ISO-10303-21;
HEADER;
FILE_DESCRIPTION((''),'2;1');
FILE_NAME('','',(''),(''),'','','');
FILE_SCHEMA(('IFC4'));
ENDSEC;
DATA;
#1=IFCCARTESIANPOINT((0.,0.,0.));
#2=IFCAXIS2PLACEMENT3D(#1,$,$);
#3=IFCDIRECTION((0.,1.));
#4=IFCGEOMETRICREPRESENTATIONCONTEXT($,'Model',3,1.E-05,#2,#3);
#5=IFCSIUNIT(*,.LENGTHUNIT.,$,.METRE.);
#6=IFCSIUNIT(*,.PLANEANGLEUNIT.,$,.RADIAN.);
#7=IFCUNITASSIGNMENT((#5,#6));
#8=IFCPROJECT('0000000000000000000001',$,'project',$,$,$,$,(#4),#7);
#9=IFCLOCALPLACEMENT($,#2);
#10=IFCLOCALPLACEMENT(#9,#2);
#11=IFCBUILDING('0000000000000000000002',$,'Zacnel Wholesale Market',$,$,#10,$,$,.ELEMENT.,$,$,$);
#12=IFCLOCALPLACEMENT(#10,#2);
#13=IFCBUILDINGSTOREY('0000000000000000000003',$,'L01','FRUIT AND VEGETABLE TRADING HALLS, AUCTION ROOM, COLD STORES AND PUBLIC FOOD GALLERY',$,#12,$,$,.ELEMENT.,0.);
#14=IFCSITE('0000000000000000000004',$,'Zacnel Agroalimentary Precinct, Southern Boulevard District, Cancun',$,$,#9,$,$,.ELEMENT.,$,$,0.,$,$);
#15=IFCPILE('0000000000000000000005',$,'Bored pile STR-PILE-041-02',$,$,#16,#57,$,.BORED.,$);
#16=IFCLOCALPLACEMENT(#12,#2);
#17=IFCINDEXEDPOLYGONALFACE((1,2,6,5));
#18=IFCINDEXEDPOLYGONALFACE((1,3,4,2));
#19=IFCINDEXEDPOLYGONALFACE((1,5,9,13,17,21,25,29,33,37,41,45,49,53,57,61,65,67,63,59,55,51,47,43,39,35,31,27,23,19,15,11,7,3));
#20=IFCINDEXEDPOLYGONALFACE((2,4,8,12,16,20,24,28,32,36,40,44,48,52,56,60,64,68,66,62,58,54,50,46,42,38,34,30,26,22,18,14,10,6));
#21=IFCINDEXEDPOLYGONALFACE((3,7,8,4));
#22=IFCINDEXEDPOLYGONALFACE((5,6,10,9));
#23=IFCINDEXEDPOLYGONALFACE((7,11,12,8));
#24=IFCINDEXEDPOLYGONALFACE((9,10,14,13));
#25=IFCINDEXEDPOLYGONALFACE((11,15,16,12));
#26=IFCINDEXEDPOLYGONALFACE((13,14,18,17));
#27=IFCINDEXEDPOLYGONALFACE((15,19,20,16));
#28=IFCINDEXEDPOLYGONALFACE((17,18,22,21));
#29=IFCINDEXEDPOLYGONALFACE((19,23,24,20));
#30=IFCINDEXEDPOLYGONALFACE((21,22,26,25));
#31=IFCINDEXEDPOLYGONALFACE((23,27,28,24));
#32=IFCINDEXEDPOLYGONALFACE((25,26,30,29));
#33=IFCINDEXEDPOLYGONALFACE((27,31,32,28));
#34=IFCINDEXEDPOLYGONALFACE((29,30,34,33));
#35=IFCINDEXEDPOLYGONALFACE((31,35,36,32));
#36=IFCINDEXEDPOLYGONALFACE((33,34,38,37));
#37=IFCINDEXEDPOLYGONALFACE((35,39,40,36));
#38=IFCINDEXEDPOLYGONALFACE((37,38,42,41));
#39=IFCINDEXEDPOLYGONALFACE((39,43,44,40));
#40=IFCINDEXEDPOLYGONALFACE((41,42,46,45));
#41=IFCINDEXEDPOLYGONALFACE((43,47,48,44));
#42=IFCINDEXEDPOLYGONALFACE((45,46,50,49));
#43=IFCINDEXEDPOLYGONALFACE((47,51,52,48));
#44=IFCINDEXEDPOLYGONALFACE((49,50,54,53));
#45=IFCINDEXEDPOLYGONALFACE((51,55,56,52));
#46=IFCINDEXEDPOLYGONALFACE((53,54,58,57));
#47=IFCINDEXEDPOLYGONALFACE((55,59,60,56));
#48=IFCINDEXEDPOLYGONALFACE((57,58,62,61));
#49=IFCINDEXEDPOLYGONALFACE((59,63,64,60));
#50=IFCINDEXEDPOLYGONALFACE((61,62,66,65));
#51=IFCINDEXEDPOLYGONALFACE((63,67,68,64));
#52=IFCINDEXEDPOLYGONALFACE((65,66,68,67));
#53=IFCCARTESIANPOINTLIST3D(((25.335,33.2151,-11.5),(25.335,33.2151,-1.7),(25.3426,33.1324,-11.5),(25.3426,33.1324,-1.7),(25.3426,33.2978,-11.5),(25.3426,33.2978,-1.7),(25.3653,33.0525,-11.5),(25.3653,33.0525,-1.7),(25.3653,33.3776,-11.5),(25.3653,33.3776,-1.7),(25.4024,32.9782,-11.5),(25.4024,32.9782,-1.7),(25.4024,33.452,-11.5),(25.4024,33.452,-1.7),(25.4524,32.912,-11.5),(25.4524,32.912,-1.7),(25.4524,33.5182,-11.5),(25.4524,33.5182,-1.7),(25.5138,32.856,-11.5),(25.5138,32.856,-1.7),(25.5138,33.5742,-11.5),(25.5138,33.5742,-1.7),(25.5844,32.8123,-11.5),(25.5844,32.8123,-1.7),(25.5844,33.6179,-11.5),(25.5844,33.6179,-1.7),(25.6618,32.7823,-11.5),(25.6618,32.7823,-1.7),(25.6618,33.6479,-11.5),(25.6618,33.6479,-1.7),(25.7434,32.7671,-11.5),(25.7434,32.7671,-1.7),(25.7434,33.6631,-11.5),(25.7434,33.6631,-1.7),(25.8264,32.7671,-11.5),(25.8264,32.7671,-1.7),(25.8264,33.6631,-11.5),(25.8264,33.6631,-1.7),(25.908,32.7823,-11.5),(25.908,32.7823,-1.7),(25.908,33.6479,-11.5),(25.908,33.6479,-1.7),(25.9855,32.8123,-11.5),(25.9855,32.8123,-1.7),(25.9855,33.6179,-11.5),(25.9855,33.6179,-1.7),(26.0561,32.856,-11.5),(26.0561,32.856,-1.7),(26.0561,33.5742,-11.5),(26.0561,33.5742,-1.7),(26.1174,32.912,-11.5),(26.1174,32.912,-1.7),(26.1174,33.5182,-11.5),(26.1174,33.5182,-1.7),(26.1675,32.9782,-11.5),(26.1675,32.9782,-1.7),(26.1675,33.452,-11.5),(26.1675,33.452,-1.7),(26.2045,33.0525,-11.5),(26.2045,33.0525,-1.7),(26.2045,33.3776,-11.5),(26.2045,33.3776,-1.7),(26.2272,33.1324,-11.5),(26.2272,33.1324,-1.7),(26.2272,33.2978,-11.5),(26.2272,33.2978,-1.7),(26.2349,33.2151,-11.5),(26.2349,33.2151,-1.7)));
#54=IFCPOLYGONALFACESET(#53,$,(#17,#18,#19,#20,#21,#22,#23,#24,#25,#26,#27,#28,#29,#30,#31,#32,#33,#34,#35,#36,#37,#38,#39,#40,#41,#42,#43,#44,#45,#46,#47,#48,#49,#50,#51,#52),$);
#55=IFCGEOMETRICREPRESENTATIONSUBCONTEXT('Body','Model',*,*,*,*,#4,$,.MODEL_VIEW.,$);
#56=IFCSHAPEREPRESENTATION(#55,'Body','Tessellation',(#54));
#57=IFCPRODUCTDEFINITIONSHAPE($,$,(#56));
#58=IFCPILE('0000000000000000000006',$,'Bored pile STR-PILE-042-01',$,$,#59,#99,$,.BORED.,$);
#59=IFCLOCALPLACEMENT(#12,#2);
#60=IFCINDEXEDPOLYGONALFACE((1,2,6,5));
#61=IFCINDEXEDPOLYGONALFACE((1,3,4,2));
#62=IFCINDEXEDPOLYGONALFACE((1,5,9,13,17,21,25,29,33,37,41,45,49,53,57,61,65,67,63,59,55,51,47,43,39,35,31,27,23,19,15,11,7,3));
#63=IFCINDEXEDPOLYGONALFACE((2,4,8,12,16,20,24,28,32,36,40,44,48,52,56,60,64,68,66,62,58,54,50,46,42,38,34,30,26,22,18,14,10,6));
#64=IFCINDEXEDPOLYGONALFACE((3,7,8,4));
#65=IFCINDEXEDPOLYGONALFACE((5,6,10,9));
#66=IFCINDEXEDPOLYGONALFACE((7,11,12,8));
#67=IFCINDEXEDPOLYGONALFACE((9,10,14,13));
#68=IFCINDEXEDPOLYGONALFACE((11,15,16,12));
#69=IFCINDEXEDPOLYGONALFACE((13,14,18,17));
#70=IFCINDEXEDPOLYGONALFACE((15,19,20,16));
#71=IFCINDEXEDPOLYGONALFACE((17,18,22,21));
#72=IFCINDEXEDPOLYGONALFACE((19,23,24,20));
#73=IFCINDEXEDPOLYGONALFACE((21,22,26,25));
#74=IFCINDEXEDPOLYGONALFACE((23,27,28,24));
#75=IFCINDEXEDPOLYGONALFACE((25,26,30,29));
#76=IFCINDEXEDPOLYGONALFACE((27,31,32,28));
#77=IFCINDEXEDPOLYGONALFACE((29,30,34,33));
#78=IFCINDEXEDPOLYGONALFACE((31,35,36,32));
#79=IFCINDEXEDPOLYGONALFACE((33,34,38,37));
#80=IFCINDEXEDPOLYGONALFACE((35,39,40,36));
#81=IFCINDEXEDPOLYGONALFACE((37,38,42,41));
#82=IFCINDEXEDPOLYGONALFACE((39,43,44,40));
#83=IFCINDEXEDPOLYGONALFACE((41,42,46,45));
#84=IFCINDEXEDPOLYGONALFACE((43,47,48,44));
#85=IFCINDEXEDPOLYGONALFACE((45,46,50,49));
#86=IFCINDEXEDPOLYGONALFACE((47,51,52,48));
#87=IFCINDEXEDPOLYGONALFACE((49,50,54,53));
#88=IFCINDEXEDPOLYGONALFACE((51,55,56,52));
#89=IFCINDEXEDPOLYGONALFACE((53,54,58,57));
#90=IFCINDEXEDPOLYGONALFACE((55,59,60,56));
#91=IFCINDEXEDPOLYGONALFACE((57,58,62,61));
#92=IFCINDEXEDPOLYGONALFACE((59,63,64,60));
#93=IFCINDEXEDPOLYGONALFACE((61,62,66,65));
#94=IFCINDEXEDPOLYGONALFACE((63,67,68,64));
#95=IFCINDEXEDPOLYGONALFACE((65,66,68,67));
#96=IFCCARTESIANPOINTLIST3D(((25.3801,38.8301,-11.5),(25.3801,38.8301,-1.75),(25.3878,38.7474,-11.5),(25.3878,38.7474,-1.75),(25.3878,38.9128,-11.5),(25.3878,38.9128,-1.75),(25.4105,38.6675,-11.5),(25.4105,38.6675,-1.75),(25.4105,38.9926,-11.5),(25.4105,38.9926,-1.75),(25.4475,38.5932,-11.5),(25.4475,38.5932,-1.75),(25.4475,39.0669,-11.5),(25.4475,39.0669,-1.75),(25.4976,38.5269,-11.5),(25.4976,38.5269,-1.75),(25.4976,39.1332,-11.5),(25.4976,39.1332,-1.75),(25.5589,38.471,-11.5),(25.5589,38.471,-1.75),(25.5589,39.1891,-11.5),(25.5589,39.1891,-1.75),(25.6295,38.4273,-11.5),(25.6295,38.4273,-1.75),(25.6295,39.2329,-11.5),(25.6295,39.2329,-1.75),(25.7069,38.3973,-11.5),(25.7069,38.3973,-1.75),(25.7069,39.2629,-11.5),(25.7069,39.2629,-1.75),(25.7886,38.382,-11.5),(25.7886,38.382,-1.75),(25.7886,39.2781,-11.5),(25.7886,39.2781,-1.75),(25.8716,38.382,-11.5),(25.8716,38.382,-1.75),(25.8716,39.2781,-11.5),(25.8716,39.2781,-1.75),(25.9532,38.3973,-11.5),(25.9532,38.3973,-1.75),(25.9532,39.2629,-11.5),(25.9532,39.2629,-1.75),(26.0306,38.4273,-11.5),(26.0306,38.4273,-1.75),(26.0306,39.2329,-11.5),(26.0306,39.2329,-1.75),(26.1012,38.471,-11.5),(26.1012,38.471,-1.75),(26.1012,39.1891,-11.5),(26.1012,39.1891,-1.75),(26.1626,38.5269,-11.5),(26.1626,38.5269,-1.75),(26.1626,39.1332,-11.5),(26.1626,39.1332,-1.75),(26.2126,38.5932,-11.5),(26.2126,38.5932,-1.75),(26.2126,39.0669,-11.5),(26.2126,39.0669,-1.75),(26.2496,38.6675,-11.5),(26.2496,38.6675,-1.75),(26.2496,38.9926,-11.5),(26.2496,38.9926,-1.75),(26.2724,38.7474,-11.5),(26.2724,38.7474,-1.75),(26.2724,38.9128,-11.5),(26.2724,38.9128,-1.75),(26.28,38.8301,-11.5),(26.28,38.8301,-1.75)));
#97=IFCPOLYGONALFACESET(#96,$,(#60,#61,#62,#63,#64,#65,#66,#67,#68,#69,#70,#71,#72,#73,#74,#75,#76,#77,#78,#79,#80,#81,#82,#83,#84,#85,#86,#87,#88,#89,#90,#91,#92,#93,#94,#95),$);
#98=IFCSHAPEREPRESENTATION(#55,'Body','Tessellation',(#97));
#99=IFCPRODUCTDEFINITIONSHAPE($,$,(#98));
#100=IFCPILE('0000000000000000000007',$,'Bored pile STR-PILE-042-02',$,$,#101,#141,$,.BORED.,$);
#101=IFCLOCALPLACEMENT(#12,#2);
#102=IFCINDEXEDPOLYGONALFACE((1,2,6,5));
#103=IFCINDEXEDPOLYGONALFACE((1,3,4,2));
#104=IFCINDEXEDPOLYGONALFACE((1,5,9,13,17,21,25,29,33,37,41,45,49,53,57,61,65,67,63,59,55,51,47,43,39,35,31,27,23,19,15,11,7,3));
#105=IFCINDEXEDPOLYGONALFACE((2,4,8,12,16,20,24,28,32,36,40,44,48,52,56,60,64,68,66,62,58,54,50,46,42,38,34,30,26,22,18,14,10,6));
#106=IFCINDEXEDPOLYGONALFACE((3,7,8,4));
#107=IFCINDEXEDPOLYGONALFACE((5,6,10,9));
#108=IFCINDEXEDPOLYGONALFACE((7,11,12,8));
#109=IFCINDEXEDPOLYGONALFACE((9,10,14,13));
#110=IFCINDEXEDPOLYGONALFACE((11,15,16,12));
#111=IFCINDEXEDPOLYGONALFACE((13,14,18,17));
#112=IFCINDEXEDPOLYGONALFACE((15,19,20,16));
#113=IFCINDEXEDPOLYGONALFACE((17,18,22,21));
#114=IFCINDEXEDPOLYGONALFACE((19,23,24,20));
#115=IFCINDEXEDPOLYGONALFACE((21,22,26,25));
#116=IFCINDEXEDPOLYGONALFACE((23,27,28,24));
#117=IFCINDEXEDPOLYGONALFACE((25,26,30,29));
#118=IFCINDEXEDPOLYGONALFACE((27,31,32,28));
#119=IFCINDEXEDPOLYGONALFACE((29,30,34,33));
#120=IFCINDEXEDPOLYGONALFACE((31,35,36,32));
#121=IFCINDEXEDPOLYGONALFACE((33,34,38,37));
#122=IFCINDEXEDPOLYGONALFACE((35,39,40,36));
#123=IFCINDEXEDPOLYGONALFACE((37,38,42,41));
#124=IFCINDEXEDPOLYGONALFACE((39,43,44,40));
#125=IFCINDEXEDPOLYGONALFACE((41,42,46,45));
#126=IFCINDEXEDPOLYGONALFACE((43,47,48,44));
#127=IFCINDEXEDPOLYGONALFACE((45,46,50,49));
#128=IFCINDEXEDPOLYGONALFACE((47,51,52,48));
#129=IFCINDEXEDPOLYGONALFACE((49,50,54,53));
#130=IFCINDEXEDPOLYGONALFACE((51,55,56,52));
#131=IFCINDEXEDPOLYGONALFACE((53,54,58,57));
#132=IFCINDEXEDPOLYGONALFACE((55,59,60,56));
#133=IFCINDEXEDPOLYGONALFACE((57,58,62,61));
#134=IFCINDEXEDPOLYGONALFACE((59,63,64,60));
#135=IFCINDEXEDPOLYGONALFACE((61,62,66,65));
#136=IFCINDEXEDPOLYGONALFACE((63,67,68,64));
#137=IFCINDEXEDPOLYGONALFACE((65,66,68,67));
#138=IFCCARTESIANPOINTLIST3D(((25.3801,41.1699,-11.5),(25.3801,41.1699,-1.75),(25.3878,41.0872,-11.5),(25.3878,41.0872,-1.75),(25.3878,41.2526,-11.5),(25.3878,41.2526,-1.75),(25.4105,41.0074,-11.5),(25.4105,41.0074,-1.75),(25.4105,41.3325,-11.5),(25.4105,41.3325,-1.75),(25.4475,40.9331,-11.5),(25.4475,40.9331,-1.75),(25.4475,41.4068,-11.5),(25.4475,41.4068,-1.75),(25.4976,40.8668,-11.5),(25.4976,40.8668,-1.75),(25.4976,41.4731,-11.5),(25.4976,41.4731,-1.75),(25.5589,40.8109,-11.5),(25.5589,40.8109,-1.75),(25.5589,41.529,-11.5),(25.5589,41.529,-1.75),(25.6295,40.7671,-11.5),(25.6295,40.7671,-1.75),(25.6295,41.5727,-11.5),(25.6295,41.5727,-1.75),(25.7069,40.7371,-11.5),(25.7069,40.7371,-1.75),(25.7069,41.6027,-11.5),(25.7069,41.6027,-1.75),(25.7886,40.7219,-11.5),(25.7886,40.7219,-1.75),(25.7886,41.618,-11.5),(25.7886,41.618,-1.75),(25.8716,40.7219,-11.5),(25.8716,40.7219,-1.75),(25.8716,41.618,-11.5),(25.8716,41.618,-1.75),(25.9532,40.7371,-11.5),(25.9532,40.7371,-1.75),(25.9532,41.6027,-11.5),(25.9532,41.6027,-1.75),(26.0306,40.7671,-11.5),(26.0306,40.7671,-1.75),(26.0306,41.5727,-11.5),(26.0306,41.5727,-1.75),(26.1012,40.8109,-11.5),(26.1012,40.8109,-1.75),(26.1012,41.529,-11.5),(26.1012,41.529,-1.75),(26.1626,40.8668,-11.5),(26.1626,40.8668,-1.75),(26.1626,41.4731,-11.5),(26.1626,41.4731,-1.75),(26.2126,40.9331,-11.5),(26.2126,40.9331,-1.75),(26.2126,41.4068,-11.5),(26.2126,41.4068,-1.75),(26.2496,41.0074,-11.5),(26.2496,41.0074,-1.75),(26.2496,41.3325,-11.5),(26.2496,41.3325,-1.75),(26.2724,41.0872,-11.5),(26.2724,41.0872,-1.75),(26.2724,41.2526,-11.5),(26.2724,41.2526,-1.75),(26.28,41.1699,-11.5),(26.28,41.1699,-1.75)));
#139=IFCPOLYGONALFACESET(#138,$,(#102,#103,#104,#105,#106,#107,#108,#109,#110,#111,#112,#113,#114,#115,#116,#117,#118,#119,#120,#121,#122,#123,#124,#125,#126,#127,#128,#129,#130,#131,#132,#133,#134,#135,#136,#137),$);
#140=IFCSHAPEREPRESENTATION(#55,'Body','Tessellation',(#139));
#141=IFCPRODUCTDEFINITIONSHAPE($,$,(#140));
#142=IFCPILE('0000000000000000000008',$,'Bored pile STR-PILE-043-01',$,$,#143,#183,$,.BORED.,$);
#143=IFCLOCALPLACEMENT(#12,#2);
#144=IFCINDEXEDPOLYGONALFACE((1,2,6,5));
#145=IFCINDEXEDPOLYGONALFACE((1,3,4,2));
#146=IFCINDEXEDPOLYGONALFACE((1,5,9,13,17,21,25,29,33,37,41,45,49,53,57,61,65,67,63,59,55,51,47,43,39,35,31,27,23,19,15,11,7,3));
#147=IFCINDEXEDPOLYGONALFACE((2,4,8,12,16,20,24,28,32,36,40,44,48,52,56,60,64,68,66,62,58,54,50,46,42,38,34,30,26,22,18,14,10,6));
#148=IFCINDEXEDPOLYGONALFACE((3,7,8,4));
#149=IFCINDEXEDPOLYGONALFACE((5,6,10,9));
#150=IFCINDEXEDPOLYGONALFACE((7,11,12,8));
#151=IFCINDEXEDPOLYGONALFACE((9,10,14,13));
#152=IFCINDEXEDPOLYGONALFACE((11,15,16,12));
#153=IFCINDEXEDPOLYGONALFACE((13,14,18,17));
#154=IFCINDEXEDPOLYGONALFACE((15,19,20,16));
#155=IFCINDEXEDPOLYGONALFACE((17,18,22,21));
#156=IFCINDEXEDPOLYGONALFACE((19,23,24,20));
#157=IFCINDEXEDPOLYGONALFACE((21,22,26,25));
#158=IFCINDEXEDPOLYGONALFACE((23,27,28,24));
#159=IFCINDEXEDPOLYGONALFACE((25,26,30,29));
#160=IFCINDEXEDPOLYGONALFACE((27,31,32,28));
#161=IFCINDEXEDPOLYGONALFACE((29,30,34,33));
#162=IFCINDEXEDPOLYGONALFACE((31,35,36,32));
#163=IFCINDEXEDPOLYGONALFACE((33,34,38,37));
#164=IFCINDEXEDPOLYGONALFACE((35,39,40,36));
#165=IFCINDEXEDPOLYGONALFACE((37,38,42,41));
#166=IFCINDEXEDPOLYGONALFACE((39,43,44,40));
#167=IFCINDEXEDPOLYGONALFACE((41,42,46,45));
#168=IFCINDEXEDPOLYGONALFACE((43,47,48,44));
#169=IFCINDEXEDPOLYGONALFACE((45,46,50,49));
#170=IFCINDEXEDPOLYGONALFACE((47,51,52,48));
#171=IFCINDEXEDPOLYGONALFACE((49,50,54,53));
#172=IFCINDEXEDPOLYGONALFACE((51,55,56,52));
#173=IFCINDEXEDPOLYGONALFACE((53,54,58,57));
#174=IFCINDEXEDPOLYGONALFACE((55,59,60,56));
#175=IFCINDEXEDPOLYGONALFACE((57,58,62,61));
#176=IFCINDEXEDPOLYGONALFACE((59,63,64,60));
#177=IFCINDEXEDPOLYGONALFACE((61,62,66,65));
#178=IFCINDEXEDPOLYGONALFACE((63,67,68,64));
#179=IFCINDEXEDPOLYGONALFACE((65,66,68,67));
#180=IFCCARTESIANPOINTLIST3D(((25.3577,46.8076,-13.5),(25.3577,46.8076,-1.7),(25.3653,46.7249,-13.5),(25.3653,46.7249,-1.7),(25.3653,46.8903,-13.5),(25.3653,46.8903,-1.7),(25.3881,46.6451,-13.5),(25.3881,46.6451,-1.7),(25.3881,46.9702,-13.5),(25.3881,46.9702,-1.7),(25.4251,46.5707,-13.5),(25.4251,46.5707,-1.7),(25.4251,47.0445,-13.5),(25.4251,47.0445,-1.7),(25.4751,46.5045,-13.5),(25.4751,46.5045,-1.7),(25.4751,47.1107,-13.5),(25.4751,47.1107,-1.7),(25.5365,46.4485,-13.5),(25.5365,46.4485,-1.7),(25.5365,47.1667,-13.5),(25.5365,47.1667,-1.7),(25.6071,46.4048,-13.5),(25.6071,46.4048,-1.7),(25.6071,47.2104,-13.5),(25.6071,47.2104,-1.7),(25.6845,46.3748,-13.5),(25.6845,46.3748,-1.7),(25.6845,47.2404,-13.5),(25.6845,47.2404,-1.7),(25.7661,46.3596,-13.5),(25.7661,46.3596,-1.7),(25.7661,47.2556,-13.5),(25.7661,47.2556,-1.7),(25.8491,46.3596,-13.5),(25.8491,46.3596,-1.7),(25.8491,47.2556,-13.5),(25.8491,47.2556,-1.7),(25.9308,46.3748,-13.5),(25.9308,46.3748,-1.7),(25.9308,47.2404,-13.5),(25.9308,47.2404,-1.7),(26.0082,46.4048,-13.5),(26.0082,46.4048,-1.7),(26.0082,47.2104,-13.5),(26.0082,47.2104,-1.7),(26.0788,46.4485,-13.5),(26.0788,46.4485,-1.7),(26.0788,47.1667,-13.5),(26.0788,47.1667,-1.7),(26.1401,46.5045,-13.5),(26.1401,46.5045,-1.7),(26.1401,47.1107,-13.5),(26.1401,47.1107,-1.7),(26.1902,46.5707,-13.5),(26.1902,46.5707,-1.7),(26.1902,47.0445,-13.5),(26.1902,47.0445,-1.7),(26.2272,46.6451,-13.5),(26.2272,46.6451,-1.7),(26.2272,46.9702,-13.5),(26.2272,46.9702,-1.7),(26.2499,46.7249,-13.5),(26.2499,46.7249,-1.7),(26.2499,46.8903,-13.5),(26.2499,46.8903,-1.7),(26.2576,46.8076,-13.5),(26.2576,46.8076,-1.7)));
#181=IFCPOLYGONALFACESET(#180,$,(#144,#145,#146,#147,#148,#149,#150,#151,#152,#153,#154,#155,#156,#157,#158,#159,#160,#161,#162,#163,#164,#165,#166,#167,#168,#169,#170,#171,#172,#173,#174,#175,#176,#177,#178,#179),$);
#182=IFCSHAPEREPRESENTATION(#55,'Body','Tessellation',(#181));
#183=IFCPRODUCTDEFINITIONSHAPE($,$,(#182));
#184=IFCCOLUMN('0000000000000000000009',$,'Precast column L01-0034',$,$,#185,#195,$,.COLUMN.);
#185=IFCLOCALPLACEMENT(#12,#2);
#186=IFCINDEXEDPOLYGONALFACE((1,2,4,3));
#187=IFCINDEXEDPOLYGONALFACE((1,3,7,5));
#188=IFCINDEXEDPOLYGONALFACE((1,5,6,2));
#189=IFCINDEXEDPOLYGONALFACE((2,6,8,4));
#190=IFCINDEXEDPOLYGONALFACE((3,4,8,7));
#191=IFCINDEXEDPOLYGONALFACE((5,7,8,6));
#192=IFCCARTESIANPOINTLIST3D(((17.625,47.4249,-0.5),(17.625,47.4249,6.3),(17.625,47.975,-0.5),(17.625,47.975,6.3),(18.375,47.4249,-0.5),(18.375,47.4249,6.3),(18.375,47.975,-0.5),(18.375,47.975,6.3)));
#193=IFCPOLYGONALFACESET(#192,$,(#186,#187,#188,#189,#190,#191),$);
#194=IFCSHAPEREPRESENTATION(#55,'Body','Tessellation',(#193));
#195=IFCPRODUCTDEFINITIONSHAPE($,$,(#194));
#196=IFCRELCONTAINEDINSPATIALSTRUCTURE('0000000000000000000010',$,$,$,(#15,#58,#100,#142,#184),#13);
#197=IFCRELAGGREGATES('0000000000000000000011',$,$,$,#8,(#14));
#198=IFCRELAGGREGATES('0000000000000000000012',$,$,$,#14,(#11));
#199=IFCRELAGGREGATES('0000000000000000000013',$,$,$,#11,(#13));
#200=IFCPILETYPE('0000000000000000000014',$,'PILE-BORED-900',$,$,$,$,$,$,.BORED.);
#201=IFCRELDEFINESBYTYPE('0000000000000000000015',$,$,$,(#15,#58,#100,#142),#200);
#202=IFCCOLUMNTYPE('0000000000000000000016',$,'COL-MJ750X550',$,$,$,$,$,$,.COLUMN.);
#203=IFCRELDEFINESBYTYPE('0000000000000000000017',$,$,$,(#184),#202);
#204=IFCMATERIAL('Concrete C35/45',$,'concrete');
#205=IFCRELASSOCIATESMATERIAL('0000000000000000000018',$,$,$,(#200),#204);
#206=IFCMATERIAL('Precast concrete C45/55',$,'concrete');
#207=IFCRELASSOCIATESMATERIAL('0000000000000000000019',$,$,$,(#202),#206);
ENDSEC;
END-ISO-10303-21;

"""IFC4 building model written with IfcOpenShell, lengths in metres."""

from ifc_helpers import new_model, si_unit, direction, frame, origin, origin_2d, place, context, subcontext, project, spatial, rectangle, circle, extrude, material, material_profile, profile_set, type_object, element, save


model = new_model("IFC4")

# Units and contexts
model_context = context("Model", 3, precision=1e-05, world=origin(), true_north=direction((0.0, 1.0)))
body_context = subcontext(model_context, "Body", "Model", "MODEL_VIEW")
ifc_project = project(units=[si_unit("LENGTHUNIT", "METRE"), si_unit("PLANEANGLEUNIT", "RADIAN")], contexts=[model_context])

# Site, building, storey
site_placement = place(None, origin())
site = spatial("IfcSite", under=ifc_project, at=site_placement, Name="Zacnel Agroalimentary Precinct, Southern Boulevard District, Cancun", CompositionType="ELEMENT", RefElevation=0.0)
building_placement = place(site_placement, origin())
building = spatial("IfcBuilding", under=site, at=building_placement, Name="Zacnel Wholesale Market", CompositionType="ELEMENT")
storey_placement = place(building_placement, origin())
storey = spatial("IfcBuildingStorey", under=building, at=storey_placement, Name="L01", Description="FRUIT AND VEGETABLE TRADING HALLS, AUCTION ROOM, COLD STORES AND PUBLIC FOOD GALLERY", CompositionType="ELEMENT", Elevation=0.0)

# Piles
ifc_material_1 = material(Name="Concrete C35/45", Category="concrete")
ifc_material_profile_1 = material_profile(ifc_material_1, circle(Radius=0.45, at=origin_2d()), Name="BORED PILE D900")
ifc_profile_set_1 = profile_set([ifc_material_profile_1], Name="Concrete C35/45")
pile_type = type_object("IfcPileType", Name="PILE-BORED-900", PredefinedType="BORED", material=ifc_profile_set_1)
for number, where, z_axis, x_axis, name in (
    (1, (25.7849, 33.2151, -1.7), (0.0, 0.0, -1.0), (1.0, 0.0, 0.0), "Bored pile STR-PILE-041-02"),
):
    element("IfcPile", number, at=place(storey_placement, frame(where, z_axis=z_axis, x_axis=x_axis)), inside=storey, type_object=pile_type, Name=name, PredefinedType="BORED", context=body_context, shape_type="SweptSolid", body=[
        extrude(circle(Radius=0.45, at=origin_2d()), origin(), (0.0, 0.0, 1.0), 9.8),
    ])
for number, where, z_axis, x_axis, name in (
    (2, (25.8301, 38.8301, -1.75), (0.0, 0.0, -1.0), (1.0, 0.0, 0.0), "Bored pile STR-PILE-042-01"),
    (3, (25.8301, 41.1699, -1.75), (0.0, 0.0, -1.0), (1.0, 0.0, 0.0), "Bored pile STR-PILE-042-02"),
):
    element("IfcPile", number, at=place(storey_placement, frame(where, z_axis=z_axis, x_axis=x_axis)), inside=storey, type_object=pile_type, Name=name, PredefinedType="BORED", context=body_context, shape_type="SweptSolid", body=[
        extrude(circle(Radius=0.45, at=origin_2d()), origin(), (0.0, 0.0, 1.0), 9.75),
    ])
pile_1_placement = place(storey_placement, frame((25.8076, 46.8076, -1.7), z_axis=(0.0, 0.0, -1.0), x_axis=(1.0, 0.0, 0.0)))
element("IfcPile", 4, at=pile_1_placement, inside=storey, type_object=pile_type, Name="Bored pile STR-PILE-043-01", PredefinedType="BORED", context=body_context, shape_type="SweptSolid", body=[
    extrude(circle(Radius=0.45, at=origin_2d()), origin(), (0.0, 0.0, 1.0), 11.8),
])

# Column
ifc_material_2 = material(Name="Precast concrete C45/55", Category="concrete")
ifc_material_profile_2 = material_profile(ifc_material_2, rectangle(XDim=0.75, YDim=0.55, at=origin_2d()), Name="PC 750x550")
ifc_profile_set_2 = profile_set([ifc_material_profile_2], Name="Precast concrete C45/55")
column_type_1 = type_object("IfcColumnType", Name="COL-MJ750X550", PredefinedType="COLUMN", material=ifc_profile_set_2)
column_placement = place(storey_placement, frame((18.0, 47.7, -0.5), z_axis=(0.0, 0.0, 1.0), x_axis=(1.0, 0.0, 0.0)))
element("IfcColumn", 5, at=column_placement, inside=storey, type_object=column_type_1, Name="Precast column L01-0034", PredefinedType="COLUMN", context=body_context, shape_type="SweptSolid", body=[
    extrude(rectangle(XDim=0.75, YDim=0.55, at=origin_2d()), origin(), (0.0, 0.0, 1.0), 6.8),
])

save(model, "model.ifc")
